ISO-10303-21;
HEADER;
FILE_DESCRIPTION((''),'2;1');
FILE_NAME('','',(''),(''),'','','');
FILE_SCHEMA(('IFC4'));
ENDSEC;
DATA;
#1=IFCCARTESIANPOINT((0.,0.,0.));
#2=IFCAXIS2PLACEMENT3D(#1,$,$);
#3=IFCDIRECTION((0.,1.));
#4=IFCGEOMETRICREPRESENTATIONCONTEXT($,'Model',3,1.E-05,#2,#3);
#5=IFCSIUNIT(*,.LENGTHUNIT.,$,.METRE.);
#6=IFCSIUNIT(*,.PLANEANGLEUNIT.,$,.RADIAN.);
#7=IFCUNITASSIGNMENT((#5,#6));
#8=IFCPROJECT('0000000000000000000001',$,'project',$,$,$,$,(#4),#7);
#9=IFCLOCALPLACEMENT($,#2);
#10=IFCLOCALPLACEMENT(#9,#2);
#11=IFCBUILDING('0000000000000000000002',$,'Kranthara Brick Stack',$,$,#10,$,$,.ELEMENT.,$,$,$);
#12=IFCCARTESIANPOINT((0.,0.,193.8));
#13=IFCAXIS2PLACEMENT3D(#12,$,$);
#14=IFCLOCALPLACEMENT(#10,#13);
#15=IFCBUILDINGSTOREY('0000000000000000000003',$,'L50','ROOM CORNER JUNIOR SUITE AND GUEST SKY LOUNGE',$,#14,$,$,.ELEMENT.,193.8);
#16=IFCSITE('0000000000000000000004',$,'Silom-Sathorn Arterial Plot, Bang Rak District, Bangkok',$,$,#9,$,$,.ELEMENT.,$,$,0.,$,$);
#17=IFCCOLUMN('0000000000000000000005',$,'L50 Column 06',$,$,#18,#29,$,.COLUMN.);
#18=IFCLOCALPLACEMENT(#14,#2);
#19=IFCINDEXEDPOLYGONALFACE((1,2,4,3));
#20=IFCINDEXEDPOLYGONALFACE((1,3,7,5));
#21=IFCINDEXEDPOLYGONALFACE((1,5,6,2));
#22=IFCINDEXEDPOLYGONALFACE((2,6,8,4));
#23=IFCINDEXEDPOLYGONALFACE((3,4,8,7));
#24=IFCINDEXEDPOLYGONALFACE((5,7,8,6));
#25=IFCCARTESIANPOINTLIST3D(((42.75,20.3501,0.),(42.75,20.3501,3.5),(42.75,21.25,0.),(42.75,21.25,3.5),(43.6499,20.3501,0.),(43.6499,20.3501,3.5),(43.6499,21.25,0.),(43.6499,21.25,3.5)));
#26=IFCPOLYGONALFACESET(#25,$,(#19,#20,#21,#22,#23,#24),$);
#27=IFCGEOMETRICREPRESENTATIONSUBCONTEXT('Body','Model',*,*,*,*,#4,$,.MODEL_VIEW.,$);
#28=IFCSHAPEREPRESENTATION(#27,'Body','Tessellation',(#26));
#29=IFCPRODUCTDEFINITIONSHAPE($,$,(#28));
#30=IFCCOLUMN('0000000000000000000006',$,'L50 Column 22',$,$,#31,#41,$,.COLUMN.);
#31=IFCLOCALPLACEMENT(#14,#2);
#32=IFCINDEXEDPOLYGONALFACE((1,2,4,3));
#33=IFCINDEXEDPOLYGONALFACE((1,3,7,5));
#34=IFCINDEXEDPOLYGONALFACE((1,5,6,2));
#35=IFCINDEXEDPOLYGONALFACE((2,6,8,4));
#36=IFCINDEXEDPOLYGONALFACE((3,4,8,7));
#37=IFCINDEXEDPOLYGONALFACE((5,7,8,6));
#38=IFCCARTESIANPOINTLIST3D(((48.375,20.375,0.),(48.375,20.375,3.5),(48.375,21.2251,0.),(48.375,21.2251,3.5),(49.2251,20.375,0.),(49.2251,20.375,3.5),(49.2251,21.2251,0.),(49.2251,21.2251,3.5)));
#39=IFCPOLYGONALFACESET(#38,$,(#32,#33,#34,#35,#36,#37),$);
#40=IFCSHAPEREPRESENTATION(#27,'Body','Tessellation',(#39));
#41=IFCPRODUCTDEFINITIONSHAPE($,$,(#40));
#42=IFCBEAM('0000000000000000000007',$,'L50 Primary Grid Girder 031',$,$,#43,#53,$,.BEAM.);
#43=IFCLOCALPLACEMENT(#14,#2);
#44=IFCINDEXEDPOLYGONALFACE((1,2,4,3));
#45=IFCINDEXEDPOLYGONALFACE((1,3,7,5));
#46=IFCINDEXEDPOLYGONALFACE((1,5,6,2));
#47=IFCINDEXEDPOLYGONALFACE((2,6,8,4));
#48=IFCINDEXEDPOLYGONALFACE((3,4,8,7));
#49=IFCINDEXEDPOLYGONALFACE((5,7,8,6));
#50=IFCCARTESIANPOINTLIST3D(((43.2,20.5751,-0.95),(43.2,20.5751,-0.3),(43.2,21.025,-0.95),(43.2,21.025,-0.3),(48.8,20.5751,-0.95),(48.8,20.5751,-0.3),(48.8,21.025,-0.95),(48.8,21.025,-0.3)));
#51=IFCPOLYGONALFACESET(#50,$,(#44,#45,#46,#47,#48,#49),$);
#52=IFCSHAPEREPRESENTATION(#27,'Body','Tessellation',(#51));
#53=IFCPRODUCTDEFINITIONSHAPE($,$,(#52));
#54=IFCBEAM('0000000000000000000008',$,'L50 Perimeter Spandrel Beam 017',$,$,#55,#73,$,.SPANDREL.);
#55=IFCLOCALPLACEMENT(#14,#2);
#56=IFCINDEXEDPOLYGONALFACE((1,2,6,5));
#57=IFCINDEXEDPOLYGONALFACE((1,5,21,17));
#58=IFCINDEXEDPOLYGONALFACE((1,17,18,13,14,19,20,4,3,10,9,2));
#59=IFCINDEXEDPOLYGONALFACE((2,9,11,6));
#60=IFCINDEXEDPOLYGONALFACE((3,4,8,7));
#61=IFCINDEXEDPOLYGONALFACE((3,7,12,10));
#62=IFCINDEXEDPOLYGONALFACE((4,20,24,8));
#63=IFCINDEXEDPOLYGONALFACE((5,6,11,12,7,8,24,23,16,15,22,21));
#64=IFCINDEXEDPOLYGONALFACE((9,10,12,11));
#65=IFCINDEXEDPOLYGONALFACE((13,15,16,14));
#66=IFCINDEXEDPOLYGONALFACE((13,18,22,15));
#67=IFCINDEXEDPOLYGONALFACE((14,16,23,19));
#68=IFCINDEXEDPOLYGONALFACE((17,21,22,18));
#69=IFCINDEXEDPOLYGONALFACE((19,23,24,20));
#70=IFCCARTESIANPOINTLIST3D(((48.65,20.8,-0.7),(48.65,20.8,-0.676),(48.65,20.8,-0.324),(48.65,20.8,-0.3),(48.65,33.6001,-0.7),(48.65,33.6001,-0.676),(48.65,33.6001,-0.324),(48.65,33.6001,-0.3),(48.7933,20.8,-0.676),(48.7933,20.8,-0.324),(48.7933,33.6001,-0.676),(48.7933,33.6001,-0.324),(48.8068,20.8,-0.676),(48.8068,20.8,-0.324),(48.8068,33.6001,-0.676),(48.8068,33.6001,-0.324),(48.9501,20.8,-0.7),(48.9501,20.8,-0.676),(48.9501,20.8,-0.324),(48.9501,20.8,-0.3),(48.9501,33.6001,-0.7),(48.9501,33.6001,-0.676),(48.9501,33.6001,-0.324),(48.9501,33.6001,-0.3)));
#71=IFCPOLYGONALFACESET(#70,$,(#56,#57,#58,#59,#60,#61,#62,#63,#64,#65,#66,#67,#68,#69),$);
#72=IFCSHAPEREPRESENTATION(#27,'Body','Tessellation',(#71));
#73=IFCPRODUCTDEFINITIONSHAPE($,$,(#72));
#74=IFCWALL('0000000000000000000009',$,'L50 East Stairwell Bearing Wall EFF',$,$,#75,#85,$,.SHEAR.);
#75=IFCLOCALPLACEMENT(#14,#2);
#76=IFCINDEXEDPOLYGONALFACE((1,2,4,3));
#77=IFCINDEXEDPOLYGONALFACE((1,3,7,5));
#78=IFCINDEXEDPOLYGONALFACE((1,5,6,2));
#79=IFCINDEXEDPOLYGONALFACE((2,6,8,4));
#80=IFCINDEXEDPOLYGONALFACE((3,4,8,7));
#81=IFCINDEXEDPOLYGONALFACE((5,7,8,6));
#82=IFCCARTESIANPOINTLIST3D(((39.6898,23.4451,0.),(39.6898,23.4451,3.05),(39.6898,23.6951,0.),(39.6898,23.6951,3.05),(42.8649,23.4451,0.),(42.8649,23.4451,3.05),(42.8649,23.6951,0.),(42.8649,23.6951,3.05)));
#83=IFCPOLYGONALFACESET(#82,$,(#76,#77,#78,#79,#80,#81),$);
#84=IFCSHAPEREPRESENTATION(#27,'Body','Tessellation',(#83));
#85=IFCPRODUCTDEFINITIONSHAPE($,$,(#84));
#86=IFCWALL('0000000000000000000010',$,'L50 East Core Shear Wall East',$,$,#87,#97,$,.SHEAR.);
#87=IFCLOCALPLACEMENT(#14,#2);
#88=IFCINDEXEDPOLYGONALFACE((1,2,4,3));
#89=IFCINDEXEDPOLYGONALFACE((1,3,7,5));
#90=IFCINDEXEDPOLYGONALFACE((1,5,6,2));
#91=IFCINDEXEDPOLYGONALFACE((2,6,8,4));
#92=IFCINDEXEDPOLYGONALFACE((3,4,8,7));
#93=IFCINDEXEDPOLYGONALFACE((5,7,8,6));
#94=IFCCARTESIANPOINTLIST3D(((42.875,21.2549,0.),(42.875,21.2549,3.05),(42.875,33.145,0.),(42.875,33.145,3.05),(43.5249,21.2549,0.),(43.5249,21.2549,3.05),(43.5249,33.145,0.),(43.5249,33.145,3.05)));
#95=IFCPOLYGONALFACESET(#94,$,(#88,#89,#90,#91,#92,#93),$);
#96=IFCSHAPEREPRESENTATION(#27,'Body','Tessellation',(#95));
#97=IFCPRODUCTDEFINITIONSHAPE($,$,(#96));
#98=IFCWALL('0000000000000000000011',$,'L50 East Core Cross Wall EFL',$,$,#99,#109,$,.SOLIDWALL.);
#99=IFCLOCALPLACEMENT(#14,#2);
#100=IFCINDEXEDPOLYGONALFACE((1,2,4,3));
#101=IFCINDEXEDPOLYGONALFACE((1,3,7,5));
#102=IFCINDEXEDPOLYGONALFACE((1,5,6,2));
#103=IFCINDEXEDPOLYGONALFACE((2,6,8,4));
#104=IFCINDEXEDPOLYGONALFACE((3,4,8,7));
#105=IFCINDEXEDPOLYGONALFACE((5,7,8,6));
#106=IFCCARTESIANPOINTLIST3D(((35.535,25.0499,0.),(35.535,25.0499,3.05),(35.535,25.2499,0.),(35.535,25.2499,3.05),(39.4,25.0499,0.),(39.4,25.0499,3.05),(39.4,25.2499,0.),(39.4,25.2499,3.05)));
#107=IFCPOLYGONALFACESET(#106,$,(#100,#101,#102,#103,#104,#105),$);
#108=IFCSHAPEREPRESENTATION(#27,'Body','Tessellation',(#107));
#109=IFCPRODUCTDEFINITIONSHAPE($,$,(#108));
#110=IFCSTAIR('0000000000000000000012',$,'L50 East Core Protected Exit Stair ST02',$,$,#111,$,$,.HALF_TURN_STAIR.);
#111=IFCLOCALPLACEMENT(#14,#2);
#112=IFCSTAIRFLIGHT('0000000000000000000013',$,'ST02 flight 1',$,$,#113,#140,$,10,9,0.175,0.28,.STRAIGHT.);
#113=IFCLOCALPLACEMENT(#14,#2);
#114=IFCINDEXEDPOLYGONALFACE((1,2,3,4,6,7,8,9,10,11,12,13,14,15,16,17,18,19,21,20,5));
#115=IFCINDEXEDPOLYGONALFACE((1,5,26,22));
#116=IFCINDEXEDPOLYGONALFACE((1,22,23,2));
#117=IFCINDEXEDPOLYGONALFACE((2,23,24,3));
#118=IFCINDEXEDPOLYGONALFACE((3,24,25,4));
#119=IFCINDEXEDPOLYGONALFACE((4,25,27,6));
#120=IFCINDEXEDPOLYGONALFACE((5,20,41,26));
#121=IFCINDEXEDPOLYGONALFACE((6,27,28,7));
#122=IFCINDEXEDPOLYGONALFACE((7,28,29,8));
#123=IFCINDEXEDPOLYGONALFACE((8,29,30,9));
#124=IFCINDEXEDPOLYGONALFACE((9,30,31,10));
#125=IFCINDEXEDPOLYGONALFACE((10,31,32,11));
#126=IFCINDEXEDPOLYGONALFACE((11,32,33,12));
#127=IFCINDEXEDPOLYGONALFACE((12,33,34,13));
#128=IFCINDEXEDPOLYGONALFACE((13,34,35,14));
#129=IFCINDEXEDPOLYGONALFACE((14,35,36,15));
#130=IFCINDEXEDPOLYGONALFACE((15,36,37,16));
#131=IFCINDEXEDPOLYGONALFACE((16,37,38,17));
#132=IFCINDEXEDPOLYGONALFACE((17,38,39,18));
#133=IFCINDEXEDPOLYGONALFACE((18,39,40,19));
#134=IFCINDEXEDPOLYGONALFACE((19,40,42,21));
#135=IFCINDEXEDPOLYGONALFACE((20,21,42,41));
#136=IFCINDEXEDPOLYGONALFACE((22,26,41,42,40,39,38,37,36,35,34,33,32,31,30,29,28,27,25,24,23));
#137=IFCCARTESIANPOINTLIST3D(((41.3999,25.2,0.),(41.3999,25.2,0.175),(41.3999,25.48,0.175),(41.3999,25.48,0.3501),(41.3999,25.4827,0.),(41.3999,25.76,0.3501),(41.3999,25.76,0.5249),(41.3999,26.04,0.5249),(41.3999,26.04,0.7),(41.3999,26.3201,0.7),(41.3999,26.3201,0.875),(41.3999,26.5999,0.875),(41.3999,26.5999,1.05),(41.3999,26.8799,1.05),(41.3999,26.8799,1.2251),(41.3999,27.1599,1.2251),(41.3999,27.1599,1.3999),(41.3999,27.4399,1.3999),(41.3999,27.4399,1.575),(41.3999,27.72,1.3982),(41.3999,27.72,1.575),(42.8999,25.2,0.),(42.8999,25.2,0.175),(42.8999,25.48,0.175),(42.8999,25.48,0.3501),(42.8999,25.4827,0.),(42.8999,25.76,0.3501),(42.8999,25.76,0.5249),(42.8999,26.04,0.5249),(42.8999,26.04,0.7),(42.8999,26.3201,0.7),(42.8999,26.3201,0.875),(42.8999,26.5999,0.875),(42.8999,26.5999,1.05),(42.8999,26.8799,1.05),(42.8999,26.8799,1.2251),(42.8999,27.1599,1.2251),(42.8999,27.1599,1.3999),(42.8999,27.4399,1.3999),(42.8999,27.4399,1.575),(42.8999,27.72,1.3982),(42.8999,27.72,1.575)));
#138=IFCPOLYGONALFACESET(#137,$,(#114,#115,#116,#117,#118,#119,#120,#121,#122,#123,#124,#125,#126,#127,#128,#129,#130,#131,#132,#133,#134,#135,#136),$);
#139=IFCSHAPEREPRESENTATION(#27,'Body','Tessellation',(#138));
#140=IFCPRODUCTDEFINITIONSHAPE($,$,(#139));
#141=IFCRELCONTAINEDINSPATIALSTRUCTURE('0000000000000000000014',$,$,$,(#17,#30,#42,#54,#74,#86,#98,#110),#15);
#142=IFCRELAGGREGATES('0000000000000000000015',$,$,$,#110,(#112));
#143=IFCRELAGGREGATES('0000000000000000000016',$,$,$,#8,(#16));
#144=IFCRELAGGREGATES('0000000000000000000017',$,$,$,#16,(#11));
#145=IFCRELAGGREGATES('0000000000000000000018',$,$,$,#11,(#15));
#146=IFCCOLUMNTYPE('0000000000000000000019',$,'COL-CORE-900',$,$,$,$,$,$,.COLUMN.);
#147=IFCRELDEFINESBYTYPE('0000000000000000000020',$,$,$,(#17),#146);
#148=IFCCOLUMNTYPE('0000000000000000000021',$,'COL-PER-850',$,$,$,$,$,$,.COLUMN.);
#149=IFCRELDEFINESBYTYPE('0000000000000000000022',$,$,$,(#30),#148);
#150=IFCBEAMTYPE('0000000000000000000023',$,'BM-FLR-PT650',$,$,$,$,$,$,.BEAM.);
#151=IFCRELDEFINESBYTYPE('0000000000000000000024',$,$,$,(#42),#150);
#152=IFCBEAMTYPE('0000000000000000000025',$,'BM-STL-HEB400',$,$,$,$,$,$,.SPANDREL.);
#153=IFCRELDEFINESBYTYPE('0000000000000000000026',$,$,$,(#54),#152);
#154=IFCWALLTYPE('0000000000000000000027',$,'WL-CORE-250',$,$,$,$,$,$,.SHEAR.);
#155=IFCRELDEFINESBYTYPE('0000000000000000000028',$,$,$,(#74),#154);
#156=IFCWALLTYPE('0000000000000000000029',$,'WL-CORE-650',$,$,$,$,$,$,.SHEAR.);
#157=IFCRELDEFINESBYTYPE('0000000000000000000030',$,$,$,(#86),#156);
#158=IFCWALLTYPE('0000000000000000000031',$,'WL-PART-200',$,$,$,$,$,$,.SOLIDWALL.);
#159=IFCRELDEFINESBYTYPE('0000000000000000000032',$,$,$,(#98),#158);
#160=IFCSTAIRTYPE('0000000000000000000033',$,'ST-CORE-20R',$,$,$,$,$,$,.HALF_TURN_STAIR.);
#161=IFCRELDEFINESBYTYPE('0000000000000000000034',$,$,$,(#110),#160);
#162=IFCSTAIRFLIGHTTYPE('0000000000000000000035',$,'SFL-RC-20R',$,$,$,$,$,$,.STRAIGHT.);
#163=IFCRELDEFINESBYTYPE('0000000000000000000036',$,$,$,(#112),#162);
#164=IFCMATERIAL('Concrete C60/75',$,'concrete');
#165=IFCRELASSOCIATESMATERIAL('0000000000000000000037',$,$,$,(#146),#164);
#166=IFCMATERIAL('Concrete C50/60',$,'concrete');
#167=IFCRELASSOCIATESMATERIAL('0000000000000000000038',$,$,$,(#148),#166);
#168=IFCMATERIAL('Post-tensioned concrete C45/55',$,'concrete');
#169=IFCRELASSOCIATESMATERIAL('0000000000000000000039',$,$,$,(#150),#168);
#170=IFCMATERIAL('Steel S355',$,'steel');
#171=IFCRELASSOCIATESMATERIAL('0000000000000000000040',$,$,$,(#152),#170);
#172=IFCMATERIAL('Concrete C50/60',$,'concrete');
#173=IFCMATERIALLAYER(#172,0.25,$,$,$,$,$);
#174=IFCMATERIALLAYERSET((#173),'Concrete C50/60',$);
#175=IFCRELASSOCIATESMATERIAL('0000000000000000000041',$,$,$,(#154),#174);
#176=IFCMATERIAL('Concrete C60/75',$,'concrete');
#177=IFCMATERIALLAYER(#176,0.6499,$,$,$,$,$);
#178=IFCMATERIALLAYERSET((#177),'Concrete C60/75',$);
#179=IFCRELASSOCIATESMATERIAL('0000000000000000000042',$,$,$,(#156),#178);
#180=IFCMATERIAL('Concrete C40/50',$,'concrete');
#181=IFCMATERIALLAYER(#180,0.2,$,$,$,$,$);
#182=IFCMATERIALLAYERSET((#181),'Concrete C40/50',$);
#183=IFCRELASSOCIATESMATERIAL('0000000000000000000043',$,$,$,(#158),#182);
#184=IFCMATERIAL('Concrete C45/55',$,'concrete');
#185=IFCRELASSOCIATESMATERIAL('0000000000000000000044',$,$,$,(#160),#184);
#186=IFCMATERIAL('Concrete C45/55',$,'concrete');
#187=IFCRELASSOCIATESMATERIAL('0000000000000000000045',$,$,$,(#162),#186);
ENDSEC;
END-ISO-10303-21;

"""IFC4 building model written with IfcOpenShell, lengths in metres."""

from ifc_helpers import new_model, si_unit, direction, frame, frame_2d, origin, origin_2d, place, context, subcontext, project, spatial, polyline, rectangle, i_section, outline, extrude, material, layer, layer_set, material_profile, profile_set, type_object, element, aggregate, save


model = new_model("IFC4")

# Units and contexts
model_context = context("Model", 3, precision=1e-05, world=origin(), true_north=direction((0.0, 1.0)))
body_context = subcontext(model_context, "Body", "Model", "MODEL_VIEW")
ifc_project = project(units=[si_unit("LENGTHUNIT", "METRE"), si_unit("PLANEANGLEUNIT", "RADIAN")], contexts=[model_context])

# Site, building, storey
site_placement = place(None, origin())
site = spatial("IfcSite", under=ifc_project, at=site_placement, Name="Silom-Sathorn Arterial Plot, Bang Rak District, Bangkok", CompositionType="ELEMENT", RefElevation=0.0)
building_placement = place(site_placement, origin())
building = spatial("IfcBuilding", under=site, at=building_placement, Name="Kranthara Brick Stack", CompositionType="ELEMENT")
storey_placement = place(building_placement, frame((0.0, 0.0, 193.8)))
storey = spatial("IfcBuildingStorey", under=building, at=storey_placement, Name="L50", Description="ROOM CORNER JUNIOR SUITE AND GUEST SKY LOUNGE", CompositionType="ELEMENT", Elevation=193.8)

# Columns
ifc_material_1 = material(Name="Concrete C60/75", Category="concrete")
ifc_material_profile_1 = material_profile(ifc_material_1, rectangle(XDim=0.8999, YDim=0.8999, at=origin_2d()), Name="RC 900x900")
ifc_profile_set_1 = profile_set([ifc_material_profile_1], Name="Concrete C60/75")
column_type_1 = type_object("IfcColumnType", Name="COL-CORE-900", PredefinedType="COLUMN", material=ifc_profile_set_1)
column_1_placement = place(storey_placement, frame((43.2, 20.8, 0.0), z_axis=(0.0, 0.0, 1.0), x_axis=(1.0, 0.0, 0.0)))
element("IfcColumn", 1, at=column_1_placement, inside=storey, type_object=column_type_1, Name="L50 Column 06", PredefinedType="COLUMN", context=body_context, shape_type="SweptSolid", body=[
    extrude(rectangle(XDim=0.8999, YDim=0.8999, at=origin_2d()), origin(), (0.0, 0.0, 1.0), 3.5),
])
ifc_material_2 = material(Name="Concrete C50/60", Category="concrete")
ifc_material_profile_2 = material_profile(ifc_material_2, rectangle(XDim=0.8501, YDim=0.8501, at=origin_2d()), Name="RC 850x850")
ifc_profile_set_2 = profile_set([ifc_material_profile_2], Name="Concrete C50/60")
column_type_2 = type_object("IfcColumnType", Name="COL-PER-850", PredefinedType="COLUMN", material=ifc_profile_set_2)
column_2_placement = place(storey_placement, frame((48.8, 20.8, 0.0), z_axis=(0.0, 0.0, 1.0), x_axis=(1.0, 0.0, 0.0)))
element("IfcColumn", 2, at=column_2_placement, inside=storey, type_object=column_type_2, Name="L50 Column 22", PredefinedType="COLUMN", context=body_context, shape_type="SweptSolid", body=[
    extrude(rectangle(XDim=0.8501, YDim=0.8501, at=origin_2d()), origin(), (0.0, 0.0, 1.0), 3.5),
])

# Beams
ifc_material_3 = material(Name="Post-tensioned concrete C45/55", Category="concrete")
ifc_material_profile_3 = material_profile(ifc_material_3, rectangle(XDim=0.45, YDim=0.6499, at=origin_2d()), Name="PT 450x650")
ifc_profile_set_3 = profile_set([ifc_material_profile_3], Name="Post-tensioned concrete C45/55")
beam_type_1 = type_object("IfcBeamType", Name="BM-FLR-PT650", PredefinedType="BEAM", material=ifc_profile_set_3)
beam_1_placement = place(storey_placement, frame((43.2, 20.8, -0.625), z_axis=(1.0, 0.0, 0.0), x_axis=(0.0, 1.0, 0.0)))
element("IfcBeam", 3, at=beam_1_placement, inside=storey, type_object=beam_type_1, Name="L50 Primary Grid Girder 031", PredefinedType="BEAM", context=body_context, shape_type="SweptSolid", body=[
    extrude(rectangle(XDim=0.45, YDim=0.6499, at=origin_2d()), origin(), (0.0, 0.0, 1.0), 5.6001),
])
ifc_material_4 = material(Name="Steel S355", Category="steel")
ifc_material_profile_4 = material_profile(ifc_material_4, i_section(OverallWidth=0.3, OverallDepth=0.3999, WebThickness=0.0134, FlangeThickness=0.0239, at=origin_2d()), Name="HEB 400")
ifc_profile_set_4 = profile_set([ifc_material_profile_4], Name="Steel S355")
beam_type_2 = type_object("IfcBeamType", Name="BM-STL-HEB400", PredefinedType="SPANDREL", material=ifc_profile_set_4)
beam_2_placement = place(storey_placement, frame((48.8, 20.8, -0.5), z_axis=(0.0, 1.0, 0.0), x_axis=(-1.0, 0.0, 0.0)))
element("IfcBeam", 4, at=beam_2_placement, inside=storey, type_object=beam_type_2, Name="L50 Perimeter Spandrel Beam 017", PredefinedType="SPANDREL", context=body_context, shape_type="SweptSolid", body=[
    extrude(i_section(OverallWidth=0.3, OverallDepth=0.3999, WebThickness=0.0134, FlangeThickness=0.0239, at=origin_2d()), origin(), (0.0, 0.0, 1.0), 12.8),
])

# Shared definitions
ifc_material_5 = material(Name="Concrete C50/60", Category="concrete")
ifc_layer_1 = layer(ifc_material_5, 0.25)
ifc_layer_set_1 = layer_set([ifc_layer_1], Name="Concrete C50/60")
wall_type_1 = type_object("IfcWallType", Name="WL-CORE-250", PredefinedType="SHEAR", material=ifc_layer_set_1)

# Walls
wall_1_placement = place(storey_placement, frame((39.6899, 23.5701, 0.0), z_axis=(0.0, 0.0, 1.0), x_axis=(1.0, 0.0, 0.0)))
element("IfcWall", 5, at=wall_1_placement, inside=storey, type_object=wall_type_1, Name="L50 East Stairwell Bearing Wall EFF", PredefinedType="SHEAR", context=body_context, shape_type="SweptSolid", body=[
    extrude(rectangle(XDim=3.175, YDim=0.25, at=frame_2d((1.5874, 0.0))), origin(), (0.0, 0.0, 1.0), 3.05),
])
ifc_material_6 = material(Name="Concrete C60/75", Category="concrete")
ifc_layer_2 = layer(ifc_material_6, 0.6499)
ifc_layer_set_2 = layer_set([ifc_layer_2], Name="Concrete C60/75")
wall_type_2 = type_object("IfcWallType", Name="WL-CORE-650", PredefinedType="SHEAR", material=ifc_layer_set_2)
wall_2_placement = place(storey_placement, frame((43.2, 21.2549, 0.0), z_axis=(0.0, 0.0, 1.0), x_axis=(0.0, 1.0, 0.0)))
element("IfcWall", 6, at=wall_2_placement, inside=storey, type_object=wall_type_2, Name="L50 East Core Shear Wall East", PredefinedType="SHEAR", context=body_context, shape_type="SweptSolid", body=[
    extrude(rectangle(XDim=11.8901, YDim=0.6499, at=frame_2d((5.9451, 0.0))), origin(), (0.0, 0.0, 1.0), 3.05),
])

# Wall
ifc_material_7 = material(Name="Concrete C40/50", Category="concrete")
ifc_layer_3 = layer(ifc_material_7, 0.2)
ifc_layer_set_3 = layer_set([ifc_layer_3], Name="Concrete C40/50")
wall_type_3 = type_object("IfcWallType", Name="WL-PART-200", PredefinedType="SOLIDWALL", material=ifc_layer_set_3)
wall_3_placement = place(storey_placement, frame((35.5349, 25.1499, 0.0), z_axis=(0.0, 0.0, 1.0), x_axis=(1.0, 0.0, 0.0)))
element("IfcWall", 7, at=wall_3_placement, inside=storey, type_object=wall_type_3, Name="L50 East Core Cross Wall EFL", PredefinedType="SOLIDWALL", context=body_context, shape_type="SweptSolid", body=[
    extrude(rectangle(XDim=3.865, YDim=0.2, at=frame_2d((1.9326, 0.0))), origin(), (0.0, 0.0, 1.0), 3.05),
])

# Stair, stair flight
ifc_material_8 = material(Name="Concrete C45/55", Category="concrete")
stair_type = type_object("IfcStairType", Name="ST-CORE-20R", PredefinedType="HALF_TURN_STAIR", material=ifc_material_8)
stair_placement = place(storey_placement, origin())
stair = element("IfcStair", 8, at=stair_placement, inside=storey, type_object=stair_type, Name="L50 East Core Protected Exit Stair ST02", PredefinedType="HALF_TURN_STAIR")
ifc_material_9 = material(Name="Concrete C45/55", Category="concrete")
stair_flight_type = type_object("IfcStairFlightType", Name="SFL-RC-20R", PredefinedType="STRAIGHT", material=ifc_material_9)
stair_flight_placement = place(storey_placement, frame((42.1499, 25.2, 0.0), z_axis=(0.0, 0.0, 1.0), x_axis=(0.0, 1.0, 0.0)))
stair_flight = element("IfcStairFlight", 9, at=stair_flight_placement, type_object=stair_flight_type, Name="ST02 flight 1", NumberOfRisers=10, NumberOfTreads=9, PredefinedType="STRAIGHT", RiserHeight=0.175, TreadLength=0.28, context=body_context, shape_type="SweptSolid", body=[
    extrude(outline(polyline([(0.0, 0.0), (0.0, 0.175), (0.28, 0.175), (0.28, 0.3501), (0.5601, 0.3501), (0.5601, 0.5249), (0.8401, 0.5249), (0.8401, 0.7), (1.1201, 0.7), (1.1201, 0.875), (1.3999, 0.875), (1.3999, 1.05), (1.6799, 1.05), (1.6799, 1.2251), (1.96, 1.2251), (1.96, 1.3999), (2.24, 1.3999), (2.24, 1.575), (2.52, 1.575), (2.52, 1.75), (2.52, 1.3982), (0.2827, 0.0), (0.0, 0.0)])), frame((0.0, 0.75, 0.0), z_axis=(0.0, -1.0, 0.0), x_axis=(1.0, 0.0, 0.0)), (0.0, 0.0, 1.0), 1.5),
])
aggregate(stair, [stair_flight])

save(model, "model.ifc")
